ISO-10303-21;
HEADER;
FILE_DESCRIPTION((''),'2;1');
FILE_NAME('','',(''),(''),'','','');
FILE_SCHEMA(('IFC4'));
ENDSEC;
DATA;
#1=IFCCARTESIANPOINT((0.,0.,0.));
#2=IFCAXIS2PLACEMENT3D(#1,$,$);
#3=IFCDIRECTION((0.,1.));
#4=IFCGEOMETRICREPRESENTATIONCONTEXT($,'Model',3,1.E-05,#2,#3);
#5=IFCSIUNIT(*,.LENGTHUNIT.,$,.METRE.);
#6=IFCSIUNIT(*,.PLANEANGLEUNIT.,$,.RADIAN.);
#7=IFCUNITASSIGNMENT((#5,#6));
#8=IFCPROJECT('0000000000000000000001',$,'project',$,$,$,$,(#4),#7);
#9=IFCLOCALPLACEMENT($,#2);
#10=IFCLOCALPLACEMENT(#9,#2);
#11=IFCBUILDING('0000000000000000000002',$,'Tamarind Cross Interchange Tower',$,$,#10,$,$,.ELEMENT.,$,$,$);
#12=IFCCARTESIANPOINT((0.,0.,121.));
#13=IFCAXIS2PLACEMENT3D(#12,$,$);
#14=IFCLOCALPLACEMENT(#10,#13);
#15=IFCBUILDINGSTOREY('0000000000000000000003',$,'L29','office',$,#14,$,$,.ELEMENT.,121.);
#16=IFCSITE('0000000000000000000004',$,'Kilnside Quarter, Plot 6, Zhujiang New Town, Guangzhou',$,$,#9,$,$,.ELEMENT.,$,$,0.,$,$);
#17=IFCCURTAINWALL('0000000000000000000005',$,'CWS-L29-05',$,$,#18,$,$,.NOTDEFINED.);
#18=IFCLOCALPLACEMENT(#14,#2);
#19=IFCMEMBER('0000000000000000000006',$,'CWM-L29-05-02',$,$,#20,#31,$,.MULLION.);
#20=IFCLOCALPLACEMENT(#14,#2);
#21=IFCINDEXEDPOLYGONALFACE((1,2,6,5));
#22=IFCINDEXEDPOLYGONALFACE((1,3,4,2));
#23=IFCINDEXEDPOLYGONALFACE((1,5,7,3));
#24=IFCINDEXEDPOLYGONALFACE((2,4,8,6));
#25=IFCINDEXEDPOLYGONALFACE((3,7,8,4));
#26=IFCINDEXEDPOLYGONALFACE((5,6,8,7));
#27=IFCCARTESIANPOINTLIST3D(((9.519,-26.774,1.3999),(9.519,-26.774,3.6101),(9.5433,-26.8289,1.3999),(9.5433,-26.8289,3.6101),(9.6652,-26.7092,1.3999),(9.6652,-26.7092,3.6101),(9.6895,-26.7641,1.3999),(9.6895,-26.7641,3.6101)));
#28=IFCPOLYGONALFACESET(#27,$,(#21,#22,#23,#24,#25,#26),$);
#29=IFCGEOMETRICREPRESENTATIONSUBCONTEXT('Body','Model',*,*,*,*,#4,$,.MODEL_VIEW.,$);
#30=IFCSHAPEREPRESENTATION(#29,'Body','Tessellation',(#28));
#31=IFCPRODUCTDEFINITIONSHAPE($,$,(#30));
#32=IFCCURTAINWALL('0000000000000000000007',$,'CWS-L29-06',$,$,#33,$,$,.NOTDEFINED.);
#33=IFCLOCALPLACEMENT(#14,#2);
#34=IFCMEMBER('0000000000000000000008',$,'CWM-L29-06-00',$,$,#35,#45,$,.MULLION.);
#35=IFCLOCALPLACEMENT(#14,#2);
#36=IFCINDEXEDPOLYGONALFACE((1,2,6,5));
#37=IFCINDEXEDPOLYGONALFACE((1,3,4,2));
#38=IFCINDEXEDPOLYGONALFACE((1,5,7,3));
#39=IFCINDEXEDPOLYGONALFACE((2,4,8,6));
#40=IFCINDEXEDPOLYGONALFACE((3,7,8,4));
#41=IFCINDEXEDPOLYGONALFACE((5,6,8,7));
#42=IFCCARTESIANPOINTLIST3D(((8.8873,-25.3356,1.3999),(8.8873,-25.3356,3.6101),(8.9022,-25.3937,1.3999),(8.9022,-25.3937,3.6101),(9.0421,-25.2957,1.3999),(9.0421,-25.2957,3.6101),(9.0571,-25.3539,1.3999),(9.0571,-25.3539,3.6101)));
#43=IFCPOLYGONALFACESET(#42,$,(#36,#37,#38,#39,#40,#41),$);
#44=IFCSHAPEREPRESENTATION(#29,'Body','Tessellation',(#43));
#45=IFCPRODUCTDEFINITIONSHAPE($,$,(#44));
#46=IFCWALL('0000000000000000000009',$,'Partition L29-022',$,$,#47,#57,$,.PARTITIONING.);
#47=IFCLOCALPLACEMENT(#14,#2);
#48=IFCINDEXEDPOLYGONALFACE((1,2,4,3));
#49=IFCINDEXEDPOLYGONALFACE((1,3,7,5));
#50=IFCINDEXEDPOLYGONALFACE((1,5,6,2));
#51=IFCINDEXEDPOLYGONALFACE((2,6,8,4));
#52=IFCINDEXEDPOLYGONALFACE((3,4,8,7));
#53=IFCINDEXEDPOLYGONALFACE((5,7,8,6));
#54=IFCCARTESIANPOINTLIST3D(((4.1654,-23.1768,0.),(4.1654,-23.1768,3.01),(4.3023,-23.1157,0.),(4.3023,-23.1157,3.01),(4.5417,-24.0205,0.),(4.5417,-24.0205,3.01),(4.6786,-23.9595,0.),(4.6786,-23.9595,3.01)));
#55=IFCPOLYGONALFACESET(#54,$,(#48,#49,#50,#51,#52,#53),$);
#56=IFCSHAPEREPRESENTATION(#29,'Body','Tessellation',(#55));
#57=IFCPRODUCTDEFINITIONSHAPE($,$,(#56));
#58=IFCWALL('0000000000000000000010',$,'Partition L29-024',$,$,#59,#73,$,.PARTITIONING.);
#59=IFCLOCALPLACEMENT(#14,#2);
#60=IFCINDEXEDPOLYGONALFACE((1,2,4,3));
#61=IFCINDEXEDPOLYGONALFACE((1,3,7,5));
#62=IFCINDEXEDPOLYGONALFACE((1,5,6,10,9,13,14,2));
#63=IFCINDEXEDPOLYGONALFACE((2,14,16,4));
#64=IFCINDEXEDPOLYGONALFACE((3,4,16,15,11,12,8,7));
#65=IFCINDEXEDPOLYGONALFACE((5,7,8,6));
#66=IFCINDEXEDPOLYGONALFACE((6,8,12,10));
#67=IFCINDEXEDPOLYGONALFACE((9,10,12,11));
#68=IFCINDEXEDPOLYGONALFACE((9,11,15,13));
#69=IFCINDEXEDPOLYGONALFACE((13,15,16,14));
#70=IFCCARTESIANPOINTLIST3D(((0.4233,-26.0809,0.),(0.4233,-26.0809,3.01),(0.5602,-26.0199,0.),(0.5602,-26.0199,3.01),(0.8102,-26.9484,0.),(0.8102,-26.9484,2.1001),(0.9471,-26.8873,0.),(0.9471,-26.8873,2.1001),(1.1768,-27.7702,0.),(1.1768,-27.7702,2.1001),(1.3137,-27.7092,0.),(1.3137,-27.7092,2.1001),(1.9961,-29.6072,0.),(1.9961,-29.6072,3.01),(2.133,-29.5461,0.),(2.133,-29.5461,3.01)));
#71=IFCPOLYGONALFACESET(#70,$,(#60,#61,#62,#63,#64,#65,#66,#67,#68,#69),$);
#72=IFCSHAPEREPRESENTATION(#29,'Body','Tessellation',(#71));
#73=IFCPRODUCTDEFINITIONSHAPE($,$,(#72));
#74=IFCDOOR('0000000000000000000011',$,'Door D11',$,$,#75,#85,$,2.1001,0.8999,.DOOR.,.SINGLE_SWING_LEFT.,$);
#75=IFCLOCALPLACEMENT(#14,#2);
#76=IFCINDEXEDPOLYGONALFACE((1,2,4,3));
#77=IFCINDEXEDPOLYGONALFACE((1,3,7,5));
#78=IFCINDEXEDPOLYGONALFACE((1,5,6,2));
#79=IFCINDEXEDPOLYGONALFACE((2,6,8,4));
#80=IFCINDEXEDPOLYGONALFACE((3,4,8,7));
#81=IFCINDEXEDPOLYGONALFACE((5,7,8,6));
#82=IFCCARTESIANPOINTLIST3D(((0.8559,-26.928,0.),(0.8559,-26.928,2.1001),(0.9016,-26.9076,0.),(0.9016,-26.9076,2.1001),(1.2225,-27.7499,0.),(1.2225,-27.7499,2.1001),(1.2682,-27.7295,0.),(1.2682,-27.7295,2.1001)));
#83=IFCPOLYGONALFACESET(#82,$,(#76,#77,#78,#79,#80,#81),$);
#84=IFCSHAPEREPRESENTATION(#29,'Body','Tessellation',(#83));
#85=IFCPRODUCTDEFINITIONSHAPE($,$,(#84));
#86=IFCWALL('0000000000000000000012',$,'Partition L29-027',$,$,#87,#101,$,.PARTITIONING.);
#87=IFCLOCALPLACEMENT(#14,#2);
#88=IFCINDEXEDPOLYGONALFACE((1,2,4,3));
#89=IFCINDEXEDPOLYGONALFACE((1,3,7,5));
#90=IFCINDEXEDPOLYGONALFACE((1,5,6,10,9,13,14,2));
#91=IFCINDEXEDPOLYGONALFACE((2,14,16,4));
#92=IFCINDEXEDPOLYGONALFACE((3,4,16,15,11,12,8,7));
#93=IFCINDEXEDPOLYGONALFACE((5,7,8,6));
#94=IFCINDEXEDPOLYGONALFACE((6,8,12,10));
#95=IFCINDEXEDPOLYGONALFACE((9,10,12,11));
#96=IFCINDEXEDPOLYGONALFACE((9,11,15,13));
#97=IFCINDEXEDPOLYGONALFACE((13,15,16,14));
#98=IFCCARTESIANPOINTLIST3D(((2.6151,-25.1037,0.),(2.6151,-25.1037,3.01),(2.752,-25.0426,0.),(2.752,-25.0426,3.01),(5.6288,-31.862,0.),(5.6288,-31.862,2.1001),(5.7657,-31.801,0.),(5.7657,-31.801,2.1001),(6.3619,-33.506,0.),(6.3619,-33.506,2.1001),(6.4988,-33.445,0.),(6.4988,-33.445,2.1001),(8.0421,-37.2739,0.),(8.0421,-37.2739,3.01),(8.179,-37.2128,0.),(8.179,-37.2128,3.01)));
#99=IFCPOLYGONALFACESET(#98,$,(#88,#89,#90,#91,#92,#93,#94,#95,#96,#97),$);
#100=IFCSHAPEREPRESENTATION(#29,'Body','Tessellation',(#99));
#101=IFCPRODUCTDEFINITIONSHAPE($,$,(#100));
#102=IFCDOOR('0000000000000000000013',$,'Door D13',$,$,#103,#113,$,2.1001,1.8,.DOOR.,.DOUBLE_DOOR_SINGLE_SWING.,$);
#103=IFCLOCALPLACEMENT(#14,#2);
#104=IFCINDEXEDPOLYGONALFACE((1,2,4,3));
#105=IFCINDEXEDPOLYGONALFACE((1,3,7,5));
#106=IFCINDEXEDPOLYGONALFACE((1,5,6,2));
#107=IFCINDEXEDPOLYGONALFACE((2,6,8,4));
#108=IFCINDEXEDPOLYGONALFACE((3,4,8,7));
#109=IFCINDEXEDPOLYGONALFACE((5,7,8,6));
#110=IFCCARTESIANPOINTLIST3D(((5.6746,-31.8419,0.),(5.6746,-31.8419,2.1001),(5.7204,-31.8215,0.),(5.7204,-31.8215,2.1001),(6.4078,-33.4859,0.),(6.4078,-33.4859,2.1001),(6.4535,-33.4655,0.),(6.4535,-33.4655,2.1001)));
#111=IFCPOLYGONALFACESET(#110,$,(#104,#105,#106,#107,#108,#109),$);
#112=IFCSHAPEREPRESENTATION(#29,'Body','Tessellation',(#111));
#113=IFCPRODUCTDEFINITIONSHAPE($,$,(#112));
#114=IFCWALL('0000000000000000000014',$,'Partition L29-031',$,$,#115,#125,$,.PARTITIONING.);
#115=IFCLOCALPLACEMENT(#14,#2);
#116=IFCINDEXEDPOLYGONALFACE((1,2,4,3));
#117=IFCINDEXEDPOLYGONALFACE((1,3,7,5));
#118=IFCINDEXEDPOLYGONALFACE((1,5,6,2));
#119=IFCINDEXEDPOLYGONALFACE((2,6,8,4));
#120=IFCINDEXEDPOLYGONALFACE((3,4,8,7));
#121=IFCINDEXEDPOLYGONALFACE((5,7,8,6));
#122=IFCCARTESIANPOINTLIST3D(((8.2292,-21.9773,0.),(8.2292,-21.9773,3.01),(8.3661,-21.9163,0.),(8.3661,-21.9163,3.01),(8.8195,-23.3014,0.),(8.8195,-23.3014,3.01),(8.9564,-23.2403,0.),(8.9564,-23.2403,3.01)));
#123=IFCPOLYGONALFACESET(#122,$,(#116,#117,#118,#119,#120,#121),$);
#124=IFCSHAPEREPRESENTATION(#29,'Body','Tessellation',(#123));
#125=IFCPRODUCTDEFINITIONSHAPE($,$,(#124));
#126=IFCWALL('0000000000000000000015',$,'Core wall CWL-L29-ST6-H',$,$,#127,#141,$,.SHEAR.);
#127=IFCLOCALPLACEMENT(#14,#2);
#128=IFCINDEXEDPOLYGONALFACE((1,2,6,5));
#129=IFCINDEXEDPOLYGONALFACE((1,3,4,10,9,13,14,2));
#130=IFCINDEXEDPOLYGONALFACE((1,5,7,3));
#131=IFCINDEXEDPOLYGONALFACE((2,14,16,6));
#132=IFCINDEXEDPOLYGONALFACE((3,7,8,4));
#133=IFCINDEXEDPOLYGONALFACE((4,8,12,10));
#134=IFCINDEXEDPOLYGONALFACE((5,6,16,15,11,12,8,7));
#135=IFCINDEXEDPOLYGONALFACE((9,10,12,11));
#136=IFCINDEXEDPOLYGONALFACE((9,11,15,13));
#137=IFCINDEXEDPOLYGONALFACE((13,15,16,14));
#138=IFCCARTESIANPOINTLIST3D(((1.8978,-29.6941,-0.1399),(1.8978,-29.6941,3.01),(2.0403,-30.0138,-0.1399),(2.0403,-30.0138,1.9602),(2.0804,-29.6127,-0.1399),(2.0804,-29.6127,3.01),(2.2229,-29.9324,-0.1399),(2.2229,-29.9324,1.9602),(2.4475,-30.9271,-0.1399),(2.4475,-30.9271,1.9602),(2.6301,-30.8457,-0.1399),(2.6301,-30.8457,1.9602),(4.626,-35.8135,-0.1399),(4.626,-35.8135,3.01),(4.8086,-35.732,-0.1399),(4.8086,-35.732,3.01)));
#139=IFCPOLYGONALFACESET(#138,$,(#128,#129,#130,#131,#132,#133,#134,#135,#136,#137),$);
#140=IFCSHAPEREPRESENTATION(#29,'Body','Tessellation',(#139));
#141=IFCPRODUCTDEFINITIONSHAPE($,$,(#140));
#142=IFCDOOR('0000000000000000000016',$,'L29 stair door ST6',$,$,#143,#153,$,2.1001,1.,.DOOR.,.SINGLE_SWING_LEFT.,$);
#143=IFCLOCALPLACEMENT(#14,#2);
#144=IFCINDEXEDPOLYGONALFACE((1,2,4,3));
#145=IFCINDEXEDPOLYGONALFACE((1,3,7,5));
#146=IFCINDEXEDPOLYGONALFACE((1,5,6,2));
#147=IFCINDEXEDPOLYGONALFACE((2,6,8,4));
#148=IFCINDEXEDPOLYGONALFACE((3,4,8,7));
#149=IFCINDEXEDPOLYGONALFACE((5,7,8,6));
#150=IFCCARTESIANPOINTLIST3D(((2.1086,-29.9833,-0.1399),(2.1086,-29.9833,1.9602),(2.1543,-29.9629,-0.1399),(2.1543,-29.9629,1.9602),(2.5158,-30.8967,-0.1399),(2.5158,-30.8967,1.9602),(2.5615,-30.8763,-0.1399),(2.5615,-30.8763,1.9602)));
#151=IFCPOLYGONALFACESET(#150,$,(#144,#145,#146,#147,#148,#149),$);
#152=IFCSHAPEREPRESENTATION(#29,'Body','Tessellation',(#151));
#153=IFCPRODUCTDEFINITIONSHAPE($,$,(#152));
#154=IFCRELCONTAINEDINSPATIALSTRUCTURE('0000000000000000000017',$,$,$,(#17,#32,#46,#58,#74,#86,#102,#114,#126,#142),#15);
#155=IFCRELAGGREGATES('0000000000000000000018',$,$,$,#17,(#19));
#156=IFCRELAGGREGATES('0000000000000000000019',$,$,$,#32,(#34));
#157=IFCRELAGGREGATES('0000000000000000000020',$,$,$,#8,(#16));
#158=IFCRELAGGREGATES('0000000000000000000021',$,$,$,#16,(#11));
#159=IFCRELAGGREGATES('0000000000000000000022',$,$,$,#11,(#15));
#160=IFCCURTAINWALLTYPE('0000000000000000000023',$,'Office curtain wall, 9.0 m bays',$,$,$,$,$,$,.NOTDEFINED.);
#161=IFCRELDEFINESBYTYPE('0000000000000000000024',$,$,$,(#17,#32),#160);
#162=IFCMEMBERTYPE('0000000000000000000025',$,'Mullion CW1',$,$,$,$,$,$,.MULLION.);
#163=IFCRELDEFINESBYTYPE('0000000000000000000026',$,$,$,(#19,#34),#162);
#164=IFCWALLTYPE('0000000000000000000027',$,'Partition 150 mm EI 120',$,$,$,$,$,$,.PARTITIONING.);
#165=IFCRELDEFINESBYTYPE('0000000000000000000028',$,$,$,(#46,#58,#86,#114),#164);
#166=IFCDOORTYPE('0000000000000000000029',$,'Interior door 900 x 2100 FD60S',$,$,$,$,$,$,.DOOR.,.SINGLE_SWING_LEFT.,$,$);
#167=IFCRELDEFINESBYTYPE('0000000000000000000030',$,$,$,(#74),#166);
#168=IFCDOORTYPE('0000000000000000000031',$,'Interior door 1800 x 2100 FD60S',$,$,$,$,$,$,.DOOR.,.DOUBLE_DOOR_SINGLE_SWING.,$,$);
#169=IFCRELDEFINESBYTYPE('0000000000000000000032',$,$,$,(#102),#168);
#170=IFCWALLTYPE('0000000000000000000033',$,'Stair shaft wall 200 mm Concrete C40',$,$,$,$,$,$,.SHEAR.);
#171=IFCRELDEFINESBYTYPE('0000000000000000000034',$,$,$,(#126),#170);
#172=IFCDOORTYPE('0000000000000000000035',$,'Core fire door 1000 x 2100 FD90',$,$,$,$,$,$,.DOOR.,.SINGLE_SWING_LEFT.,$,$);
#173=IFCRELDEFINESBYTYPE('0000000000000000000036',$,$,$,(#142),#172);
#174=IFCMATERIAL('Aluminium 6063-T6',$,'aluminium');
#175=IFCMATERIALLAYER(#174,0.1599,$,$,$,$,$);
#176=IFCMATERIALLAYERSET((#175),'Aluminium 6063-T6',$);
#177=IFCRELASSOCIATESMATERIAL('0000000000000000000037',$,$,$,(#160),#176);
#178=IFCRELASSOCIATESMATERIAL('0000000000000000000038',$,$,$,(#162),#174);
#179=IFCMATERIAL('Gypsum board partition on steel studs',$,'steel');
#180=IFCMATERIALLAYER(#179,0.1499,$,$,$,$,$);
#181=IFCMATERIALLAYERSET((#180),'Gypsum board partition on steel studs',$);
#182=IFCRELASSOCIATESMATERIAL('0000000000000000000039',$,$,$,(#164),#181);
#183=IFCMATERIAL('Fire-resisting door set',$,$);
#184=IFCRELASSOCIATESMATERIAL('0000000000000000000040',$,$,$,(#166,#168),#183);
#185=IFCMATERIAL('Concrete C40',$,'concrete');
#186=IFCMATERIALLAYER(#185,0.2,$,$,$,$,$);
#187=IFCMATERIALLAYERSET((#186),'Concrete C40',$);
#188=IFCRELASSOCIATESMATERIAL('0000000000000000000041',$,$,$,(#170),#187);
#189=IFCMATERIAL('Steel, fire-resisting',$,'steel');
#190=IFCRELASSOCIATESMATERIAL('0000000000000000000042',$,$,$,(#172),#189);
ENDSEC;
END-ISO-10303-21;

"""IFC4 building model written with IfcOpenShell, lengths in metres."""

from ifc_helpers import new_model, si_unit, direction, frame, frame_2d, origin, origin_2d, place, context, subcontext, project, spatial, rectangle, extrude, material, layer, layer_set, material_profile, profile_set, type_object, element, fill, aggregate, save


model = new_model("IFC4")

# Units and contexts
model_context = context("Model", 3, precision=1e-05, world=origin(), true_north=direction((0.0, 1.0)))
body_context = subcontext(model_context, "Body", "Model", "MODEL_VIEW")
ifc_project = project(units=[si_unit("LENGTHUNIT", "METRE"), si_unit("PLANEANGLEUNIT", "RADIAN")], contexts=[model_context])

# Site, building, storey
site_placement = place(None, origin())
site = spatial("IfcSite", under=ifc_project, at=site_placement, Name="Kilnside Quarter, Plot 6, Zhujiang New Town, Guangzhou", CompositionType="ELEMENT", RefElevation=0.0)
building_placement = place(site_placement, origin())
building = spatial("IfcBuilding", under=site, at=building_placement, Name="Tamarind Cross Interchange Tower", CompositionType="ELEMENT")
storey_placement = place(building_placement, frame((0.0, 0.0, 121.0)))
storey = spatial("IfcBuildingStorey", under=building, at=storey_placement, Name="L29", Description="office", CompositionType="ELEMENT", Elevation=121.0)

# Curtain walls, members
ifc_material_1 = material(Name="Aluminium 6063-T6", Category="aluminium")
ifc_layer_1 = layer(ifc_material_1, 0.1599)
ifc_layer_set_1 = layer_set([ifc_layer_1], Name="Aluminium 6063-T6")
curtain_wall_type = type_object("IfcCurtainWallType", Name="Office curtain wall, 9.0 m bays", PredefinedType="NOTDEFINED", material=ifc_layer_set_1)
curtain_wall_1_placement = place(storey_placement, origin())
curtain_wall_1 = element("IfcCurtainWall", 1, at=curtain_wall_1_placement, inside=storey, type_object=curtain_wall_type, Name="CWS-L29-05", PredefinedType="NOTDEFINED")
ifc_material_profile_1 = material_profile(ifc_material_1, rectangle(XDim=0.0601, YDim=0.1599, at=origin_2d()), Name="Mullion CW1")
ifc_profile_set_1 = profile_set([ifc_material_profile_1], Name="Aluminium 6063-T6")
member_type = type_object("IfcMemberType", Name="Mullion CW1", PredefinedType="MULLION", material=ifc_profile_set_1)
member_1_placement = place(storey_placement, frame((9.6042, -26.769, 1.3999), z_axis=(0.0, 0.0, 1.0), x_axis=(-0.405624, 0.91404, 0.0)))
member_1 = element("IfcMember", 2, at=member_1_placement, type_object=member_type, Name="CWM-L29-05-02", PredefinedType="MULLION", context=body_context, shape_type="SweptSolid", body=[
    extrude(rectangle(XDim=0.0601, YDim=0.1599, at=origin_2d()), origin(), (0.0, 0.0, 1.0), 2.2102),
])
aggregate(curtain_wall_1, [member_1])
curtain_wall_2_placement = place(storey_placement, origin())
curtain_wall_2 = element("IfcCurtainWall", 3, at=curtain_wall_2_placement, inside=storey, type_object=curtain_wall_type, Name="CWS-L29-06", PredefinedType="NOTDEFINED")
member_2_placement = place(storey_placement, frame((8.9722, -25.3447, 1.3999), z_axis=(0.0, 0.0, 1.0), x_axis=(-0.24899, 0.968506, 0.0)))
member_2 = element("IfcMember", 4, at=member_2_placement, type_object=member_type, Name="CWM-L29-06-00", PredefinedType="MULLION", context=body_context, shape_type="SweptSolid", body=[
    extrude(rectangle(XDim=0.0601, YDim=0.1599, at=origin_2d()), origin(), (0.0, 0.0, 1.0), 2.2102),
])
aggregate(curtain_wall_2, [member_2])

# Wall
ifc_material_2 = material(Name="Gypsum board partition on steel studs", Category="steel")
ifc_layer_2 = layer(ifc_material_2, 0.1499)
ifc_layer_set_2 = layer_set([ifc_layer_2], Name="Gypsum board partition on steel studs")
wall_type_1 = type_object("IfcWallType", Name="Partition 150 mm EI 120", PredefinedType="PARTITIONING", material=ifc_layer_set_2)
wall_1_placement = place(storey_placement, frame((4.2339, -23.1462, 0.0), z_axis=(0.0, 0.0, 1.0), x_axis=(0.407242, -0.91332, 0.0)))
element("IfcWall", 5, at=wall_1_placement, inside=storey, type_object=wall_type_1, Name="Partition L29-022", PredefinedType="PARTITIONING", context=body_context, shape_type="SweptSolid", body=[
    extrude(rectangle(XDim=0.9238, YDim=0.1499, at=frame_2d((0.4619, 0.0))), origin(), (0.0, 0.0, 1.0), 3.01),
])

# Walls, openings, doors
wall_2_placement = place(storey_placement, frame((0.4917, -26.0503, 0.0), z_axis=(0.0, 0.0, 1.0), x_axis=(0.407347, -0.913274, 0.0)))
wall_2 = element("IfcWall", 6, at=wall_2_placement, inside=storey, type_object=wall_type_1, Name="Partition L29-024", PredefinedType="PARTITIONING", context=body_context, shape_type="SweptSolid", body=[
    extrude(rectangle(XDim=3.8611, YDim=0.1499, at=frame_2d((1.9307, 0.0))), origin(), (0.0, 0.0, 1.0), 3.01),
])
opening_1_placement = place(wall_2_placement, frame((0.95, 0.0, 0.0)))
opening_1 = element("IfcOpeningElement", 7, at=opening_1_placement, cuts=wall_2, PredefinedType="OPENING", context=body_context, shape_type="SweptSolid", body=[
    extrude(rectangle(XDim=0.8999, YDim=2.1001, at=frame_2d((0.45, 1.05))), frame((0.0, 0.085, 0.0), z_axis=(0.0, -1.0, 0.0), x_axis=(1.0, 0.0, 0.0)), (0.0, 0.0, 1.0), 0.1699),
])
ifc_material_3 = material(Name="Fire-resisting door set")
door_type_1 = type_object("IfcDoorType", Name="Interior door 900 x 2100 FD60S", OperationType="SINGLE_SWING_LEFT", PredefinedType="DOOR", material=ifc_material_3)
door_1_placement = place(opening_1_placement, frame((0.8999, 0.0, 0.0), z_axis=(0.0, 0.0, 1.0), x_axis=(-1.0, 0.0, 0.0)))
door_1 = element("IfcDoor", 8, at=door_1_placement, inside=storey, type_object=door_type_1, Name="Door D11", OperationType="SINGLE_SWING_LEFT", OverallHeight=2.1001, OverallWidth=0.8999, PredefinedType="DOOR", context=body_context, shape_type="SweptSolid", body=[
    extrude(rectangle(XDim=0.8999, YDim=2.1001, at=frame_2d((0.45, 1.05))), frame((0.0, 0.0249, 0.0), z_axis=(0.0, -1.0, 0.0), x_axis=(1.0, 0.0, 0.0)), (0.0, 0.0, 1.0), 0.05),
])
fill(opening_1, door_1)
wall_3_placement = place(storey_placement, frame((2.6836, -25.0732, 0.0), z_axis=(0.0, 0.0, 1.0), x_axis=(0.407269, -0.913308, 0.0)))
wall_3 = element("IfcWall", 9, at=wall_3_placement, inside=storey, type_object=wall_type_1, Name="Partition L29-027", PredefinedType="PARTITIONING", context=body_context, shape_type="SweptSolid", body=[
    extrude(rectangle(XDim=13.3254, YDim=0.1499, at=frame_2d((6.6626, 0.0))), origin(), (0.0, 0.0, 1.0), 3.01),
])
opening_2_placement = place(wall_3_placement, frame((7.3999, 0.0, 0.0)))
opening_2 = element("IfcOpeningElement", 10, at=opening_2_placement, cuts=wall_3, PredefinedType="OPENING", context=body_context, shape_type="SweptSolid", body=[
    extrude(rectangle(XDim=1.8, YDim=2.1001, at=frame_2d((0.8999, 1.05))), frame((0.0, 0.085, 0.0), z_axis=(0.0, -1.0, 0.0), x_axis=(1.0, 0.0, 0.0)), (0.0, 0.0, 1.0), 0.1699),
])
door_type_2 = type_object("IfcDoorType", Name="Interior door 1800 x 2100 FD60S", OperationType="DOUBLE_DOOR_SINGLE_SWING", PredefinedType="DOOR", material=ifc_material_3)
door_2_placement = place(opening_2_placement, frame((1.8, 0.0, 0.0), z_axis=(0.0, 0.0, 1.0), x_axis=(-1.0, 0.0, 0.0)))
door_2 = element("IfcDoor", 11, at=door_2_placement, inside=storey, type_object=door_type_2, Name="Door D13", OperationType="DOUBLE_DOOR_SINGLE_SWING", OverallHeight=2.1001, OverallWidth=1.8, PredefinedType="DOOR", context=body_context, shape_type="SweptSolid", body=[
    extrude(rectangle(XDim=1.8, YDim=2.1001, at=frame_2d((0.8999, 1.05))), frame((0.0, 0.0249, 0.0), z_axis=(0.0, -1.0, 0.0), x_axis=(1.0, 0.0, 0.0)), (0.0, 0.0, 1.0), 0.05),
])
fill(opening_2, door_2)

# Wall
wall_4_placement = place(storey_placement, frame((8.2976, -21.9468, 0.0), z_axis=(0.0, 0.0, 1.0), x_axis=(0.407232, -0.913325, 0.0)))
element("IfcWall", 12, at=wall_4_placement, inside=storey, type_object=wall_type_1, Name="Partition L29-031", PredefinedType="PARTITIONING", context=body_context, shape_type="SweptSolid", body=[
    extrude(rectangle(XDim=1.4497, YDim=0.1499, at=frame_2d((0.7249, 0.0))), origin(), (0.0, 0.0, 1.0), 3.01),
])

# Wall, opening, door
ifc_material_4 = material(Name="Concrete C40", Category="concrete")
ifc_layer_3 = layer(ifc_material_4, 0.2)
ifc_layer_set_3 = layer_set([ifc_layer_3], Name="Concrete C40")
wall_type_2 = type_object("IfcWallType", Name="Stair shaft wall 200 mm Concrete C40", PredefinedType="SHEAR", material=ifc_layer_set_3)
wall_5_placement = place(storey_placement, frame((1.989, -29.6533, -0.1399), z_axis=(0.0, 0.0, 1.0), x_axis=(0.407203, -0.913338, 0.0)))
wall_5 = element("IfcWall", 13, at=wall_5_placement, inside=storey, type_object=wall_type_2, Name="Core wall CWL-L29-ST6-H", PredefinedType="SHEAR", context=body_context, shape_type="SweptSolid", body=[
    extrude(rectangle(XDim=6.7, YDim=0.2, at=frame_2d((3.3501, 0.0))), origin(), (0.0, 0.0, 1.0), 3.1499),
])
opening_3_placement = place(wall_5_placement, frame((0.3501, 0.0, 0.0)))
opening_3 = element("IfcOpeningElement", 14, at=opening_3_placement, cuts=wall_5, PredefinedType="OPENING", context=body_context, shape_type="SweptSolid", body=[
    extrude(rectangle(XDim=1.0, YDim=2.1001, at=frame_2d((0.5, 1.05))), frame((0.0, 0.1099, 0.0), z_axis=(0.0, -1.0, 0.0), x_axis=(1.0, 0.0, 0.0)), (0.0, 0.0, 1.0), 0.22),
])
ifc_material_5 = material(Name="Steel, fire-resisting", Category="steel")
door_type_3 = type_object("IfcDoorType", Name="Core fire door 1000 x 2100 FD90", OperationType="SINGLE_SWING_LEFT", PredefinedType="DOOR", material=ifc_material_5)
door_3_placement = place(opening_3_placement, origin())
door_3 = element("IfcDoor", 15, at=door_3_placement, inside=storey, type_object=door_type_3, Name="L29 stair door ST6", OperationType="SINGLE_SWING_LEFT", OverallHeight=2.1001, OverallWidth=1.0, PredefinedType="DOOR", context=body_context, shape_type="SweptSolid", body=[
    extrude(rectangle(XDim=1.0, YDim=2.1001, at=frame_2d((0.5, 1.05))), frame((0.0, 0.0249, 0.0), z_axis=(0.0, -1.0, 0.0), x_axis=(1.0, 0.0, 0.0)), (0.0, 0.0, 1.0), 0.05),
])
fill(opening_3, door_3)

save(model, "model.ifc")
